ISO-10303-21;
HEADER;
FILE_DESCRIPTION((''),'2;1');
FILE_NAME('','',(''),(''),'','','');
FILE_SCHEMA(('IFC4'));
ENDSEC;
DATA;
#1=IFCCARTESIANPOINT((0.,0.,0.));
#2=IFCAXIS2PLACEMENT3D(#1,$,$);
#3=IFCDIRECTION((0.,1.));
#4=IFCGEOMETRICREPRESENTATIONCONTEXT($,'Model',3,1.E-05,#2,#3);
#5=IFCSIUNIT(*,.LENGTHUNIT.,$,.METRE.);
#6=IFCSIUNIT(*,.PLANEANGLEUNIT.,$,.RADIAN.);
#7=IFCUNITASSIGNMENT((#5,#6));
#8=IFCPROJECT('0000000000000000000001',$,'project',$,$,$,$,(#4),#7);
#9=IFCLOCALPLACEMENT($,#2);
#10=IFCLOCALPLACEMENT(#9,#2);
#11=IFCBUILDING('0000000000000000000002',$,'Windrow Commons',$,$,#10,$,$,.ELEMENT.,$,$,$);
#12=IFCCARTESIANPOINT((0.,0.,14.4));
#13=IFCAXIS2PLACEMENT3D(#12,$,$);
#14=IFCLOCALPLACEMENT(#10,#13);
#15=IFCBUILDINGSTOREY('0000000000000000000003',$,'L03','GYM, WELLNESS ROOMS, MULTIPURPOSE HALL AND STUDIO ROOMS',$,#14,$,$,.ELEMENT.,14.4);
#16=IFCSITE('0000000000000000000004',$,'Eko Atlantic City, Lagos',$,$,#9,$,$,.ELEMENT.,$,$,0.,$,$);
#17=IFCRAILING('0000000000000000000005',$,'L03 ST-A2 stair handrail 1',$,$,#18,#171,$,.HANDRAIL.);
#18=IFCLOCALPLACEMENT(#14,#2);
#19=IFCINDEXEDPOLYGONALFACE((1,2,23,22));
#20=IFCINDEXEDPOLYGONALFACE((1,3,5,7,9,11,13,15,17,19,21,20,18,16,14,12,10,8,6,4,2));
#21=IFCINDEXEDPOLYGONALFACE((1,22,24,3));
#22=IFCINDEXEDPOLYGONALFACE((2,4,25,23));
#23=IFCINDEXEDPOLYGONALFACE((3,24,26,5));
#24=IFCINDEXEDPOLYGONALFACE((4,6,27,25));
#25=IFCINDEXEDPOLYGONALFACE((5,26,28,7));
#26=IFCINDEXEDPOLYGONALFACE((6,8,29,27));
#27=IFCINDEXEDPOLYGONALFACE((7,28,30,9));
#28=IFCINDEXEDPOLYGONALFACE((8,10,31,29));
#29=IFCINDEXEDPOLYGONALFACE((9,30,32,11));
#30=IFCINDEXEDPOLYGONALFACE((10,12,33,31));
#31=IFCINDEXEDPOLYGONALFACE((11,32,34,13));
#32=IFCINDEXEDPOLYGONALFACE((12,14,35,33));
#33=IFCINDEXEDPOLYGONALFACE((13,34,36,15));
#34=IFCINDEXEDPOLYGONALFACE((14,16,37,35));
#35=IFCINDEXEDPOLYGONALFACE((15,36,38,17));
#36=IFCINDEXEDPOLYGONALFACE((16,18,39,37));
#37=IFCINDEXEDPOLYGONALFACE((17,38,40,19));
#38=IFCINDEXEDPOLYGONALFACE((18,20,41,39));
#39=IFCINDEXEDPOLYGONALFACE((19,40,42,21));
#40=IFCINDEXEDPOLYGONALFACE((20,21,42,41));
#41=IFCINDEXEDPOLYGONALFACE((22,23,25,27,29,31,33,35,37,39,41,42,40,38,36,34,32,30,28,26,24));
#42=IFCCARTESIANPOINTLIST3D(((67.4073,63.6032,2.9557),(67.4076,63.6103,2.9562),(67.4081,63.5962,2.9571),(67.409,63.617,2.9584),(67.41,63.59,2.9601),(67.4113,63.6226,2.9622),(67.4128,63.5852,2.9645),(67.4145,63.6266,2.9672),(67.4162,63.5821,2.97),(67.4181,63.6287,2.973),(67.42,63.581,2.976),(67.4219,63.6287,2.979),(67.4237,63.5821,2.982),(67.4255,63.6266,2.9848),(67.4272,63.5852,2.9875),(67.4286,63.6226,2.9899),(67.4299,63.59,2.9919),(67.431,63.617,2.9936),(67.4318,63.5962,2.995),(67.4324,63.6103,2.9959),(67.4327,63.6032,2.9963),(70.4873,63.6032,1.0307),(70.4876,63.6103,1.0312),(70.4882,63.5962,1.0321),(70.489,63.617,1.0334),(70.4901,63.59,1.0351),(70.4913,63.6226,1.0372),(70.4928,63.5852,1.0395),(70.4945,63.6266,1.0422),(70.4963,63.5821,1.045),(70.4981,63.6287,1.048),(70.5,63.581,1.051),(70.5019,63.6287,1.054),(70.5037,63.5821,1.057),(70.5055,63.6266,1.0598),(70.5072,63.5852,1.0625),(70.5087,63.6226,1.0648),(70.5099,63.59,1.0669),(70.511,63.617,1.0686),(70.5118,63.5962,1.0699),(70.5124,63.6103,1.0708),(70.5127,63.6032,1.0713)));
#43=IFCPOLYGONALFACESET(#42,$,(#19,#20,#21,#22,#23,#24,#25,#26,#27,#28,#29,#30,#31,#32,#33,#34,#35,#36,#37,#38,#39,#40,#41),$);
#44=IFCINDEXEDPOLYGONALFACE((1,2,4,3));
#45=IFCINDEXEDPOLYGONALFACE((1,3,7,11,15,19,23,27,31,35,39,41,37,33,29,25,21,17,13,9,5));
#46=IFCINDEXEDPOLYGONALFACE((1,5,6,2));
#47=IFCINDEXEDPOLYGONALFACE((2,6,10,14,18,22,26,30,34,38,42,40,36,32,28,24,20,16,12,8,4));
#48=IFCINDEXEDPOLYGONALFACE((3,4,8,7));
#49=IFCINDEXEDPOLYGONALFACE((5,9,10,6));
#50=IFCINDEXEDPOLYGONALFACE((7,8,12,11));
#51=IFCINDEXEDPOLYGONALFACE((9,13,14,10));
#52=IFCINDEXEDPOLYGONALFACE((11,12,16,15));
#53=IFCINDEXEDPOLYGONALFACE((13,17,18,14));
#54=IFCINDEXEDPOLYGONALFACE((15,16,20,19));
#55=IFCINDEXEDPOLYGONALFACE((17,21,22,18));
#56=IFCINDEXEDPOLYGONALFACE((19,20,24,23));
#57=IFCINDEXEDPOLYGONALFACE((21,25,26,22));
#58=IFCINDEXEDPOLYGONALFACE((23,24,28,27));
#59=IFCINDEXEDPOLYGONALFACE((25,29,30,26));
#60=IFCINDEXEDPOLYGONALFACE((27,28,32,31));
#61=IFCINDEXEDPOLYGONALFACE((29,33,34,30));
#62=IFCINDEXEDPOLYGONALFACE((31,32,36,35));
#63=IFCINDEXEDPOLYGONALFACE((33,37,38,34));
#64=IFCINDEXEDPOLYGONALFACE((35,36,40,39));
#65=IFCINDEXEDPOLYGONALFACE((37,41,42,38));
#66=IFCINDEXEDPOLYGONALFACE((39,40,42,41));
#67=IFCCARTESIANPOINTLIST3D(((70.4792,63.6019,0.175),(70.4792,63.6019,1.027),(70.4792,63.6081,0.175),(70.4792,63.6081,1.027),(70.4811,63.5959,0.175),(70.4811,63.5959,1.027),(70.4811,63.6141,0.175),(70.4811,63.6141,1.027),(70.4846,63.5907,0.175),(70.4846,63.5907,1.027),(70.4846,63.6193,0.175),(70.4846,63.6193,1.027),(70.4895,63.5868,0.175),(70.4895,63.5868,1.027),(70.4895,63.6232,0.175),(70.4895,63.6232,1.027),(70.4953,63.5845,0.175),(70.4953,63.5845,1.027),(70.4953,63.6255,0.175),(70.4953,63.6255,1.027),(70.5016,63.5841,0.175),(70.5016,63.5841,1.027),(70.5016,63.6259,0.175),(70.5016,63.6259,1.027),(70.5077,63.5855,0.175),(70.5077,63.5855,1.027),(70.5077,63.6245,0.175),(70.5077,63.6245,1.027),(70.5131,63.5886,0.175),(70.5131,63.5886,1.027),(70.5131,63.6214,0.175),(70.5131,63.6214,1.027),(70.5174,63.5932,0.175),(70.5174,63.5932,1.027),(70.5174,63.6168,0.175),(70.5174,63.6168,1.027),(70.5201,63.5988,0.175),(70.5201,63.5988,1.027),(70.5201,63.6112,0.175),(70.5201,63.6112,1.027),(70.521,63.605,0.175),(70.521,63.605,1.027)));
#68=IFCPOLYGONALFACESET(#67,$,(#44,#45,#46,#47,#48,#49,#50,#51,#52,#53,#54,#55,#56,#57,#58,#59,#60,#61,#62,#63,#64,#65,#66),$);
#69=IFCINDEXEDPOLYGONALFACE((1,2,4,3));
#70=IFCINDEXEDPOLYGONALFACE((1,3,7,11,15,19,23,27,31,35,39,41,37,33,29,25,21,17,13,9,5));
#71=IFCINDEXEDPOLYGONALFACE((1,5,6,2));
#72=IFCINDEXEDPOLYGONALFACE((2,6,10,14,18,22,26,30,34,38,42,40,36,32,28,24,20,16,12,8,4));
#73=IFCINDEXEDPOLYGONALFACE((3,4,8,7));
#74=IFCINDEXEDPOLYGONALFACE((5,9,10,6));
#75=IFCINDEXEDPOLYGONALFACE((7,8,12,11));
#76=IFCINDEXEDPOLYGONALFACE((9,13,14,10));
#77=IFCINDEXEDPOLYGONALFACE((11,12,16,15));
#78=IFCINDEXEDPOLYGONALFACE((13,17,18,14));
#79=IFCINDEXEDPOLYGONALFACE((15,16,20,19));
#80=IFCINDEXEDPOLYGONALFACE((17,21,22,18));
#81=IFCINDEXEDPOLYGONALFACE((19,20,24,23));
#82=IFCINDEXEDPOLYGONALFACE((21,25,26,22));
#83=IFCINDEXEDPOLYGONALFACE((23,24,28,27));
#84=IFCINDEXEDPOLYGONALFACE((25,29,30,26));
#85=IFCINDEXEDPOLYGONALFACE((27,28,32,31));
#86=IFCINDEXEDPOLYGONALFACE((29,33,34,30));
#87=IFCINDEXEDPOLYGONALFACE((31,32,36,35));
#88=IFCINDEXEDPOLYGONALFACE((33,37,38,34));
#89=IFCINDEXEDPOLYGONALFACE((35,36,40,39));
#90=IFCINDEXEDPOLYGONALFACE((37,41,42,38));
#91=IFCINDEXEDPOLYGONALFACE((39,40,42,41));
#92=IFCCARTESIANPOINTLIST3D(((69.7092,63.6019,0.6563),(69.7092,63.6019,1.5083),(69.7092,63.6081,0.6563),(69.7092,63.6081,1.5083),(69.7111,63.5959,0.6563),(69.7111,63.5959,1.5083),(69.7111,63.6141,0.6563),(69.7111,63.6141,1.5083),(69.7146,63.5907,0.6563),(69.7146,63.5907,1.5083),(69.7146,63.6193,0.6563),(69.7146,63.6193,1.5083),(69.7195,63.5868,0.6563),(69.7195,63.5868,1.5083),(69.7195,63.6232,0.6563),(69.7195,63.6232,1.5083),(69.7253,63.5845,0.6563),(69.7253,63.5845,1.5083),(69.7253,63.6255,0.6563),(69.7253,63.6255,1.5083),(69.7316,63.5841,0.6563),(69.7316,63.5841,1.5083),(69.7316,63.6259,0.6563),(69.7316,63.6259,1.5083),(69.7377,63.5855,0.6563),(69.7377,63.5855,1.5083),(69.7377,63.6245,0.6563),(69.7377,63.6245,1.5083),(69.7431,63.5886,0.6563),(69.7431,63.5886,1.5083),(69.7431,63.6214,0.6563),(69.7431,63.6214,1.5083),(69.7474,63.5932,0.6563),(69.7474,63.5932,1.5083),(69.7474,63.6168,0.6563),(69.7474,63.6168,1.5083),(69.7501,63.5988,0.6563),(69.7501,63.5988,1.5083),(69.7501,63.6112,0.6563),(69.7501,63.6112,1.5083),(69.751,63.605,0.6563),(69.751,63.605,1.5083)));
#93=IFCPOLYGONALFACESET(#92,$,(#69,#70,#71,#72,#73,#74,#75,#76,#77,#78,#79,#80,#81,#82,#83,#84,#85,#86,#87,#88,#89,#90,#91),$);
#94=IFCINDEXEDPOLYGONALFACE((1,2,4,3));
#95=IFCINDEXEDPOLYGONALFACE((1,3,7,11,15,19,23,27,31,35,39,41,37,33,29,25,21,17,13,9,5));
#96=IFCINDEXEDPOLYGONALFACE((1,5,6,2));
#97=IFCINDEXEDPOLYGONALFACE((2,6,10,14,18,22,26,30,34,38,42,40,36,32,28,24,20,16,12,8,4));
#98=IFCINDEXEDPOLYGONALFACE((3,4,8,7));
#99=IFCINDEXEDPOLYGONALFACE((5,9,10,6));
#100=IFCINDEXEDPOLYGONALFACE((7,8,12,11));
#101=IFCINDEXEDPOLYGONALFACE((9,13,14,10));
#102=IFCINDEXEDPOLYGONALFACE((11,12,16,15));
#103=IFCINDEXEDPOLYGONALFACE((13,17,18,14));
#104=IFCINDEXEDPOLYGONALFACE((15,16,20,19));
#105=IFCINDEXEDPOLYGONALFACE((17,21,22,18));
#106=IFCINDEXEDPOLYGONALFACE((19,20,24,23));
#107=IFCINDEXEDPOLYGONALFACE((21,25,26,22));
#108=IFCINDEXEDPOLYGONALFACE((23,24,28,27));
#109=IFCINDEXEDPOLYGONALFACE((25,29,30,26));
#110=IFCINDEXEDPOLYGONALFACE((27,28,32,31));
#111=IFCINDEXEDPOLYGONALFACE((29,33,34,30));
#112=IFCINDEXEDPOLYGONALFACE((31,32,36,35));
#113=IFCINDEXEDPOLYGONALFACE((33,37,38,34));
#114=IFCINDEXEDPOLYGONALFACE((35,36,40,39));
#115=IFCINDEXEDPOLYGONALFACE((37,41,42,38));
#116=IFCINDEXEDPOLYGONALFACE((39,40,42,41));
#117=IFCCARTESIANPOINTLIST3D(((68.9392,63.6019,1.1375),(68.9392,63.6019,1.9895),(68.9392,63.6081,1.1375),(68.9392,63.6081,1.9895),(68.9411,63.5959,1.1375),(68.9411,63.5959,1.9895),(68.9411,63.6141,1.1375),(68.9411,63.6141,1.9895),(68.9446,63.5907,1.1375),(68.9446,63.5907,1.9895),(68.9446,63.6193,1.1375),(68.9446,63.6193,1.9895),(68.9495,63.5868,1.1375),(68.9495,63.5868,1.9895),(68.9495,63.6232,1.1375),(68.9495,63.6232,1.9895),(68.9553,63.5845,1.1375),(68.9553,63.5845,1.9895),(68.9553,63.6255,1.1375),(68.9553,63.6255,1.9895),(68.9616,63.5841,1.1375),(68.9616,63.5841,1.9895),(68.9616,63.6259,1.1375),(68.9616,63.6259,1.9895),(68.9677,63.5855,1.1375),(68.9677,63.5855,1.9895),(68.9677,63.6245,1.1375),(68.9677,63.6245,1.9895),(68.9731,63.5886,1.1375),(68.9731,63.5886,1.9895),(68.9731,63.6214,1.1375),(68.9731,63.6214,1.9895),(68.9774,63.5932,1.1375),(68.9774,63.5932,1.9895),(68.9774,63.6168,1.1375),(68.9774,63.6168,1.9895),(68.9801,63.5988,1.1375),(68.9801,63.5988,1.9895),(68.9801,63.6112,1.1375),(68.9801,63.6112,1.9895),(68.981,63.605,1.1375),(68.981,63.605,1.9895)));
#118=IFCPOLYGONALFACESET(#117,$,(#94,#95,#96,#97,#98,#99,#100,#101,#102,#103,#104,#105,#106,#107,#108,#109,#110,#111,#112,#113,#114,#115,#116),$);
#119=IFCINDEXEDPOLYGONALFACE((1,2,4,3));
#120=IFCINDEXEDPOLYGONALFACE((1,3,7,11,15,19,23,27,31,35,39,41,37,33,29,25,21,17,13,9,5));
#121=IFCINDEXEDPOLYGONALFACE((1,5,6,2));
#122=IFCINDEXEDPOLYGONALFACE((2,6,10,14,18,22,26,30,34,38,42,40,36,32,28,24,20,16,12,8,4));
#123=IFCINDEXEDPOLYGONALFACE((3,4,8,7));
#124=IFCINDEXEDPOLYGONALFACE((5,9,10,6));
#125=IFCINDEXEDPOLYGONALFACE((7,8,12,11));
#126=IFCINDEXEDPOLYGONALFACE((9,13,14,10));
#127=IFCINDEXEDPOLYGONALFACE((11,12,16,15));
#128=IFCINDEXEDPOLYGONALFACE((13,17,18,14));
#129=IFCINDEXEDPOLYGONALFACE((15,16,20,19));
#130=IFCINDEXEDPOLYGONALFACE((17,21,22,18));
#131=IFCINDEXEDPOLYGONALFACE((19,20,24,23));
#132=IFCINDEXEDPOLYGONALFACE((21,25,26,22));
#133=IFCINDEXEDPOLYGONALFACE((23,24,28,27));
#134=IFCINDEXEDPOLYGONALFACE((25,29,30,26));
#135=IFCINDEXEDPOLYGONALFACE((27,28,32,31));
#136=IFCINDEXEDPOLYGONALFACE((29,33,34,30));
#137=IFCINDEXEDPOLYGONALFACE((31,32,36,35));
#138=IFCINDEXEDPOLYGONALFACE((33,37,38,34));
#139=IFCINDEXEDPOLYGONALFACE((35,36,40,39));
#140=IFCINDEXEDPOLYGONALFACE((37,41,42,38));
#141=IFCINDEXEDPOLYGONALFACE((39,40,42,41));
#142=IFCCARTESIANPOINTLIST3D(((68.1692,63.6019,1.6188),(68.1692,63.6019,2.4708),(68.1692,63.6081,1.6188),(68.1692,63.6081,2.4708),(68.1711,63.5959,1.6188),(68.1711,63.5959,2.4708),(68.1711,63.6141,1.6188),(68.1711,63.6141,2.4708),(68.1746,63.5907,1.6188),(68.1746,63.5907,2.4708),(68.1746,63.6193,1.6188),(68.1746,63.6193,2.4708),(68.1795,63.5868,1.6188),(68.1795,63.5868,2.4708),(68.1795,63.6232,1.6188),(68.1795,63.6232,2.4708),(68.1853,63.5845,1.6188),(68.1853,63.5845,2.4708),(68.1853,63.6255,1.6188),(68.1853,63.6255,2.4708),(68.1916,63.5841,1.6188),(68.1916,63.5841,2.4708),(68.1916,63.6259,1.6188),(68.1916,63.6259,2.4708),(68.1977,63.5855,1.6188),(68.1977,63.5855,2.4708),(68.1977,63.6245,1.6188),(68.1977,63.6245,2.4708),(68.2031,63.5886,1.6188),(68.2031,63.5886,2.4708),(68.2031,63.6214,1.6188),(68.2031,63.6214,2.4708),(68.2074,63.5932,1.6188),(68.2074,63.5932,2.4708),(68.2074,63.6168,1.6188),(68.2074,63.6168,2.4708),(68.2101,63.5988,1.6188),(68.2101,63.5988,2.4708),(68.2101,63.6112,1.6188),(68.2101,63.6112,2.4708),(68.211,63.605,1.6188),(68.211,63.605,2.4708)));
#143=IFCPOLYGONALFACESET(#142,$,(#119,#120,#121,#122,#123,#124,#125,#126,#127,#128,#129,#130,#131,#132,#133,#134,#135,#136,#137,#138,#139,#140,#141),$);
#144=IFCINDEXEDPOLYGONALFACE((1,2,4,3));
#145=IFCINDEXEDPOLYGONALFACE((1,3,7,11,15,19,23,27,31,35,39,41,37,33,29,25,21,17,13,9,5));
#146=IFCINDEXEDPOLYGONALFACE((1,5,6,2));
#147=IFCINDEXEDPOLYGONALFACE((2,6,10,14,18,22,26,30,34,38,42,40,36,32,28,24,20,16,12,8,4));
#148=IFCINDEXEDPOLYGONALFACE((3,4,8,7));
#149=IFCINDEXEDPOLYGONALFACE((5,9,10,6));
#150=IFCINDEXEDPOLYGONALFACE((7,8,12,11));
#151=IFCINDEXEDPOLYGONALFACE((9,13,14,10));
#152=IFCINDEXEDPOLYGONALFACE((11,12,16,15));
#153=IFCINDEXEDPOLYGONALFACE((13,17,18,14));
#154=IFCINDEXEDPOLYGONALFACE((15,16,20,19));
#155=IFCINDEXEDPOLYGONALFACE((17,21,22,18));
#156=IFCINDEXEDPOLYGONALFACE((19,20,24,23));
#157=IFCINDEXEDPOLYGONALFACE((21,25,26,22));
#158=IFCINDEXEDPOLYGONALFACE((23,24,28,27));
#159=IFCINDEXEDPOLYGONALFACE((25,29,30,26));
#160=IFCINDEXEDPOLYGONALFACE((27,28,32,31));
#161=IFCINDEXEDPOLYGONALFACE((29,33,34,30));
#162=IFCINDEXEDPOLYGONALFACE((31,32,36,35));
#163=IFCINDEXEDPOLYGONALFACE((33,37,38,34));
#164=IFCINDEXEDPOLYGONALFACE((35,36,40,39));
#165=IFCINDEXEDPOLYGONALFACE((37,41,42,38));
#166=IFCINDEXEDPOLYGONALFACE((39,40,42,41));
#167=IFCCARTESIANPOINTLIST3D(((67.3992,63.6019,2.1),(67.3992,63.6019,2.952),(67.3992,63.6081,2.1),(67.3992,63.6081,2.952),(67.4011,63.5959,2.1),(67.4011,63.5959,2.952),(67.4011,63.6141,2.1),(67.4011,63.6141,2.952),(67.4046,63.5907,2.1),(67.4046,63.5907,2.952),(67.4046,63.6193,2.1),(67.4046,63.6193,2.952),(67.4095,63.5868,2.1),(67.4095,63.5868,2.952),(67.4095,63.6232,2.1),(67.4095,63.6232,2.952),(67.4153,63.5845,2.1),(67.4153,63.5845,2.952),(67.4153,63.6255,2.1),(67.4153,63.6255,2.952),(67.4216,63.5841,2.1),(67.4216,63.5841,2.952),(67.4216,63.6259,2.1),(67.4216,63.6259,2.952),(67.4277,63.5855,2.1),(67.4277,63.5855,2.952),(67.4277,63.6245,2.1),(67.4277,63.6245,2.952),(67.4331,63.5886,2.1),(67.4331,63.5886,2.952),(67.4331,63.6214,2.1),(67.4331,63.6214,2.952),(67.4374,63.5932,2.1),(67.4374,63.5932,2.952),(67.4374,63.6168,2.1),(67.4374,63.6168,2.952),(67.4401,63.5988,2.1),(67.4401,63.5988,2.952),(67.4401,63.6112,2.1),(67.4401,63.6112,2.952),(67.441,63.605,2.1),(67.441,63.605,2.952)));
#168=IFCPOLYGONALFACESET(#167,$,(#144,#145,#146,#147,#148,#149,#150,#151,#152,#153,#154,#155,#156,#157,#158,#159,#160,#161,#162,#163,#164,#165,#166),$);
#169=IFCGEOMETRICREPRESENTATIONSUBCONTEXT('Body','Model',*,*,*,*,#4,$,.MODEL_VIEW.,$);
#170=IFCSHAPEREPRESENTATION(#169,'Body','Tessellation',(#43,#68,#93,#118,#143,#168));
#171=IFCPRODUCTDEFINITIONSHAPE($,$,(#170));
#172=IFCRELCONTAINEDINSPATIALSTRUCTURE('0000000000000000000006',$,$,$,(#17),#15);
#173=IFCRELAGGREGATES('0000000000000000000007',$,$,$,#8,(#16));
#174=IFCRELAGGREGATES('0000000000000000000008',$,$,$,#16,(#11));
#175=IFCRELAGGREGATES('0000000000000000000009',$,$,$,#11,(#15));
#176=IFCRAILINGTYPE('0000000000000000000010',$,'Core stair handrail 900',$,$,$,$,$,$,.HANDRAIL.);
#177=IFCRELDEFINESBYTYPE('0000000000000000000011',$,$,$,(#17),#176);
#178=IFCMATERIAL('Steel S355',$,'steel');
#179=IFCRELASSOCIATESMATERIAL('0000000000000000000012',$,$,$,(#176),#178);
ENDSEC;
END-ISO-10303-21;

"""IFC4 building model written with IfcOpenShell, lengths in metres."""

from ifc_helpers import new_model, si_unit, direction, frame, origin, origin_2d, place, context, subcontext, project, spatial, circle, extrude, material, type_object, element, save


model = new_model("IFC4")

# Units and contexts
model_context = context("Model", 3, precision=1e-05, world=origin(), true_north=direction((0.0, 1.0)))
body_context = subcontext(model_context, "Body", "Model", "MODEL_VIEW")
ifc_project = project(units=[si_unit("LENGTHUNIT", "METRE"), si_unit("PLANEANGLEUNIT", "RADIAN")], contexts=[model_context])

# Site, building, storey
site_placement = place(None, origin())
site = spatial("IfcSite", under=ifc_project, at=site_placement, Name="Eko Atlantic City, Lagos", CompositionType="ELEMENT", RefElevation=0.0)
building_placement = place(site_placement, origin())
building = spatial("IfcBuilding", under=site, at=building_placement, Name="Windrow Commons", CompositionType="ELEMENT")
storey_placement = place(building_placement, frame((0.0, 0.0, 14.4)))
storey = spatial("IfcBuildingStorey", under=building, at=storey_placement, Name="L03", Description="GYM, WELLNESS ROOMS, MULTIPURPOSE HALL AND STUDIO ROOMS", CompositionType="ELEMENT", Elevation=14.4)

# Railing
ifc_material_1 = material(Name="Steel S355", Category="steel")
railing_type_1 = type_object("IfcRailingType", Name="Core stair handrail 900", PredefinedType="HANDRAIL", material=ifc_material_1)
railing_1_placement = place(storey_placement, frame((70.5, 63.605, 0.175)))
element("IfcRailing", 1, at=railing_1_placement, inside=storey, type_object=railing_type_1, Name="L03 ST-A2 stair handrail 1", PredefinedType="HANDRAIL", context=body_context, shape_type="SweptSolid", body=[
    extrude(circle(Radius=0.024, at=origin_2d()), frame((0.0, 0.0, 0.876), z_axis=(-0.847998, 0.0, 0.529999), x_axis=(0.0, -1.0, 0.0)), (0.0, 0.0, 1.0), 3.6321),
    extrude(circle(Radius=0.021, at=origin_2d()), origin(), (0.0, 0.0, 1.0), 0.852),
    extrude(circle(Radius=0.021, at=origin_2d()), frame((-0.77, 0.0, 0.4813)), (0.0, 0.0, 1.0), 0.852),
    extrude(circle(Radius=0.021, at=origin_2d()), frame((-1.54, 0.0, 0.9625)), (0.0, 0.0, 1.0), 0.852),
    extrude(circle(Radius=0.021, at=origin_2d()), frame((-2.31, 0.0, 1.4438)), (0.0, 0.0, 1.0), 0.852),
    extrude(circle(Radius=0.021, at=origin_2d()), frame((-3.08, 0.0, 1.925)), (0.0, 0.0, 1.0), 0.852),
])

save(model, "model.ifc")
